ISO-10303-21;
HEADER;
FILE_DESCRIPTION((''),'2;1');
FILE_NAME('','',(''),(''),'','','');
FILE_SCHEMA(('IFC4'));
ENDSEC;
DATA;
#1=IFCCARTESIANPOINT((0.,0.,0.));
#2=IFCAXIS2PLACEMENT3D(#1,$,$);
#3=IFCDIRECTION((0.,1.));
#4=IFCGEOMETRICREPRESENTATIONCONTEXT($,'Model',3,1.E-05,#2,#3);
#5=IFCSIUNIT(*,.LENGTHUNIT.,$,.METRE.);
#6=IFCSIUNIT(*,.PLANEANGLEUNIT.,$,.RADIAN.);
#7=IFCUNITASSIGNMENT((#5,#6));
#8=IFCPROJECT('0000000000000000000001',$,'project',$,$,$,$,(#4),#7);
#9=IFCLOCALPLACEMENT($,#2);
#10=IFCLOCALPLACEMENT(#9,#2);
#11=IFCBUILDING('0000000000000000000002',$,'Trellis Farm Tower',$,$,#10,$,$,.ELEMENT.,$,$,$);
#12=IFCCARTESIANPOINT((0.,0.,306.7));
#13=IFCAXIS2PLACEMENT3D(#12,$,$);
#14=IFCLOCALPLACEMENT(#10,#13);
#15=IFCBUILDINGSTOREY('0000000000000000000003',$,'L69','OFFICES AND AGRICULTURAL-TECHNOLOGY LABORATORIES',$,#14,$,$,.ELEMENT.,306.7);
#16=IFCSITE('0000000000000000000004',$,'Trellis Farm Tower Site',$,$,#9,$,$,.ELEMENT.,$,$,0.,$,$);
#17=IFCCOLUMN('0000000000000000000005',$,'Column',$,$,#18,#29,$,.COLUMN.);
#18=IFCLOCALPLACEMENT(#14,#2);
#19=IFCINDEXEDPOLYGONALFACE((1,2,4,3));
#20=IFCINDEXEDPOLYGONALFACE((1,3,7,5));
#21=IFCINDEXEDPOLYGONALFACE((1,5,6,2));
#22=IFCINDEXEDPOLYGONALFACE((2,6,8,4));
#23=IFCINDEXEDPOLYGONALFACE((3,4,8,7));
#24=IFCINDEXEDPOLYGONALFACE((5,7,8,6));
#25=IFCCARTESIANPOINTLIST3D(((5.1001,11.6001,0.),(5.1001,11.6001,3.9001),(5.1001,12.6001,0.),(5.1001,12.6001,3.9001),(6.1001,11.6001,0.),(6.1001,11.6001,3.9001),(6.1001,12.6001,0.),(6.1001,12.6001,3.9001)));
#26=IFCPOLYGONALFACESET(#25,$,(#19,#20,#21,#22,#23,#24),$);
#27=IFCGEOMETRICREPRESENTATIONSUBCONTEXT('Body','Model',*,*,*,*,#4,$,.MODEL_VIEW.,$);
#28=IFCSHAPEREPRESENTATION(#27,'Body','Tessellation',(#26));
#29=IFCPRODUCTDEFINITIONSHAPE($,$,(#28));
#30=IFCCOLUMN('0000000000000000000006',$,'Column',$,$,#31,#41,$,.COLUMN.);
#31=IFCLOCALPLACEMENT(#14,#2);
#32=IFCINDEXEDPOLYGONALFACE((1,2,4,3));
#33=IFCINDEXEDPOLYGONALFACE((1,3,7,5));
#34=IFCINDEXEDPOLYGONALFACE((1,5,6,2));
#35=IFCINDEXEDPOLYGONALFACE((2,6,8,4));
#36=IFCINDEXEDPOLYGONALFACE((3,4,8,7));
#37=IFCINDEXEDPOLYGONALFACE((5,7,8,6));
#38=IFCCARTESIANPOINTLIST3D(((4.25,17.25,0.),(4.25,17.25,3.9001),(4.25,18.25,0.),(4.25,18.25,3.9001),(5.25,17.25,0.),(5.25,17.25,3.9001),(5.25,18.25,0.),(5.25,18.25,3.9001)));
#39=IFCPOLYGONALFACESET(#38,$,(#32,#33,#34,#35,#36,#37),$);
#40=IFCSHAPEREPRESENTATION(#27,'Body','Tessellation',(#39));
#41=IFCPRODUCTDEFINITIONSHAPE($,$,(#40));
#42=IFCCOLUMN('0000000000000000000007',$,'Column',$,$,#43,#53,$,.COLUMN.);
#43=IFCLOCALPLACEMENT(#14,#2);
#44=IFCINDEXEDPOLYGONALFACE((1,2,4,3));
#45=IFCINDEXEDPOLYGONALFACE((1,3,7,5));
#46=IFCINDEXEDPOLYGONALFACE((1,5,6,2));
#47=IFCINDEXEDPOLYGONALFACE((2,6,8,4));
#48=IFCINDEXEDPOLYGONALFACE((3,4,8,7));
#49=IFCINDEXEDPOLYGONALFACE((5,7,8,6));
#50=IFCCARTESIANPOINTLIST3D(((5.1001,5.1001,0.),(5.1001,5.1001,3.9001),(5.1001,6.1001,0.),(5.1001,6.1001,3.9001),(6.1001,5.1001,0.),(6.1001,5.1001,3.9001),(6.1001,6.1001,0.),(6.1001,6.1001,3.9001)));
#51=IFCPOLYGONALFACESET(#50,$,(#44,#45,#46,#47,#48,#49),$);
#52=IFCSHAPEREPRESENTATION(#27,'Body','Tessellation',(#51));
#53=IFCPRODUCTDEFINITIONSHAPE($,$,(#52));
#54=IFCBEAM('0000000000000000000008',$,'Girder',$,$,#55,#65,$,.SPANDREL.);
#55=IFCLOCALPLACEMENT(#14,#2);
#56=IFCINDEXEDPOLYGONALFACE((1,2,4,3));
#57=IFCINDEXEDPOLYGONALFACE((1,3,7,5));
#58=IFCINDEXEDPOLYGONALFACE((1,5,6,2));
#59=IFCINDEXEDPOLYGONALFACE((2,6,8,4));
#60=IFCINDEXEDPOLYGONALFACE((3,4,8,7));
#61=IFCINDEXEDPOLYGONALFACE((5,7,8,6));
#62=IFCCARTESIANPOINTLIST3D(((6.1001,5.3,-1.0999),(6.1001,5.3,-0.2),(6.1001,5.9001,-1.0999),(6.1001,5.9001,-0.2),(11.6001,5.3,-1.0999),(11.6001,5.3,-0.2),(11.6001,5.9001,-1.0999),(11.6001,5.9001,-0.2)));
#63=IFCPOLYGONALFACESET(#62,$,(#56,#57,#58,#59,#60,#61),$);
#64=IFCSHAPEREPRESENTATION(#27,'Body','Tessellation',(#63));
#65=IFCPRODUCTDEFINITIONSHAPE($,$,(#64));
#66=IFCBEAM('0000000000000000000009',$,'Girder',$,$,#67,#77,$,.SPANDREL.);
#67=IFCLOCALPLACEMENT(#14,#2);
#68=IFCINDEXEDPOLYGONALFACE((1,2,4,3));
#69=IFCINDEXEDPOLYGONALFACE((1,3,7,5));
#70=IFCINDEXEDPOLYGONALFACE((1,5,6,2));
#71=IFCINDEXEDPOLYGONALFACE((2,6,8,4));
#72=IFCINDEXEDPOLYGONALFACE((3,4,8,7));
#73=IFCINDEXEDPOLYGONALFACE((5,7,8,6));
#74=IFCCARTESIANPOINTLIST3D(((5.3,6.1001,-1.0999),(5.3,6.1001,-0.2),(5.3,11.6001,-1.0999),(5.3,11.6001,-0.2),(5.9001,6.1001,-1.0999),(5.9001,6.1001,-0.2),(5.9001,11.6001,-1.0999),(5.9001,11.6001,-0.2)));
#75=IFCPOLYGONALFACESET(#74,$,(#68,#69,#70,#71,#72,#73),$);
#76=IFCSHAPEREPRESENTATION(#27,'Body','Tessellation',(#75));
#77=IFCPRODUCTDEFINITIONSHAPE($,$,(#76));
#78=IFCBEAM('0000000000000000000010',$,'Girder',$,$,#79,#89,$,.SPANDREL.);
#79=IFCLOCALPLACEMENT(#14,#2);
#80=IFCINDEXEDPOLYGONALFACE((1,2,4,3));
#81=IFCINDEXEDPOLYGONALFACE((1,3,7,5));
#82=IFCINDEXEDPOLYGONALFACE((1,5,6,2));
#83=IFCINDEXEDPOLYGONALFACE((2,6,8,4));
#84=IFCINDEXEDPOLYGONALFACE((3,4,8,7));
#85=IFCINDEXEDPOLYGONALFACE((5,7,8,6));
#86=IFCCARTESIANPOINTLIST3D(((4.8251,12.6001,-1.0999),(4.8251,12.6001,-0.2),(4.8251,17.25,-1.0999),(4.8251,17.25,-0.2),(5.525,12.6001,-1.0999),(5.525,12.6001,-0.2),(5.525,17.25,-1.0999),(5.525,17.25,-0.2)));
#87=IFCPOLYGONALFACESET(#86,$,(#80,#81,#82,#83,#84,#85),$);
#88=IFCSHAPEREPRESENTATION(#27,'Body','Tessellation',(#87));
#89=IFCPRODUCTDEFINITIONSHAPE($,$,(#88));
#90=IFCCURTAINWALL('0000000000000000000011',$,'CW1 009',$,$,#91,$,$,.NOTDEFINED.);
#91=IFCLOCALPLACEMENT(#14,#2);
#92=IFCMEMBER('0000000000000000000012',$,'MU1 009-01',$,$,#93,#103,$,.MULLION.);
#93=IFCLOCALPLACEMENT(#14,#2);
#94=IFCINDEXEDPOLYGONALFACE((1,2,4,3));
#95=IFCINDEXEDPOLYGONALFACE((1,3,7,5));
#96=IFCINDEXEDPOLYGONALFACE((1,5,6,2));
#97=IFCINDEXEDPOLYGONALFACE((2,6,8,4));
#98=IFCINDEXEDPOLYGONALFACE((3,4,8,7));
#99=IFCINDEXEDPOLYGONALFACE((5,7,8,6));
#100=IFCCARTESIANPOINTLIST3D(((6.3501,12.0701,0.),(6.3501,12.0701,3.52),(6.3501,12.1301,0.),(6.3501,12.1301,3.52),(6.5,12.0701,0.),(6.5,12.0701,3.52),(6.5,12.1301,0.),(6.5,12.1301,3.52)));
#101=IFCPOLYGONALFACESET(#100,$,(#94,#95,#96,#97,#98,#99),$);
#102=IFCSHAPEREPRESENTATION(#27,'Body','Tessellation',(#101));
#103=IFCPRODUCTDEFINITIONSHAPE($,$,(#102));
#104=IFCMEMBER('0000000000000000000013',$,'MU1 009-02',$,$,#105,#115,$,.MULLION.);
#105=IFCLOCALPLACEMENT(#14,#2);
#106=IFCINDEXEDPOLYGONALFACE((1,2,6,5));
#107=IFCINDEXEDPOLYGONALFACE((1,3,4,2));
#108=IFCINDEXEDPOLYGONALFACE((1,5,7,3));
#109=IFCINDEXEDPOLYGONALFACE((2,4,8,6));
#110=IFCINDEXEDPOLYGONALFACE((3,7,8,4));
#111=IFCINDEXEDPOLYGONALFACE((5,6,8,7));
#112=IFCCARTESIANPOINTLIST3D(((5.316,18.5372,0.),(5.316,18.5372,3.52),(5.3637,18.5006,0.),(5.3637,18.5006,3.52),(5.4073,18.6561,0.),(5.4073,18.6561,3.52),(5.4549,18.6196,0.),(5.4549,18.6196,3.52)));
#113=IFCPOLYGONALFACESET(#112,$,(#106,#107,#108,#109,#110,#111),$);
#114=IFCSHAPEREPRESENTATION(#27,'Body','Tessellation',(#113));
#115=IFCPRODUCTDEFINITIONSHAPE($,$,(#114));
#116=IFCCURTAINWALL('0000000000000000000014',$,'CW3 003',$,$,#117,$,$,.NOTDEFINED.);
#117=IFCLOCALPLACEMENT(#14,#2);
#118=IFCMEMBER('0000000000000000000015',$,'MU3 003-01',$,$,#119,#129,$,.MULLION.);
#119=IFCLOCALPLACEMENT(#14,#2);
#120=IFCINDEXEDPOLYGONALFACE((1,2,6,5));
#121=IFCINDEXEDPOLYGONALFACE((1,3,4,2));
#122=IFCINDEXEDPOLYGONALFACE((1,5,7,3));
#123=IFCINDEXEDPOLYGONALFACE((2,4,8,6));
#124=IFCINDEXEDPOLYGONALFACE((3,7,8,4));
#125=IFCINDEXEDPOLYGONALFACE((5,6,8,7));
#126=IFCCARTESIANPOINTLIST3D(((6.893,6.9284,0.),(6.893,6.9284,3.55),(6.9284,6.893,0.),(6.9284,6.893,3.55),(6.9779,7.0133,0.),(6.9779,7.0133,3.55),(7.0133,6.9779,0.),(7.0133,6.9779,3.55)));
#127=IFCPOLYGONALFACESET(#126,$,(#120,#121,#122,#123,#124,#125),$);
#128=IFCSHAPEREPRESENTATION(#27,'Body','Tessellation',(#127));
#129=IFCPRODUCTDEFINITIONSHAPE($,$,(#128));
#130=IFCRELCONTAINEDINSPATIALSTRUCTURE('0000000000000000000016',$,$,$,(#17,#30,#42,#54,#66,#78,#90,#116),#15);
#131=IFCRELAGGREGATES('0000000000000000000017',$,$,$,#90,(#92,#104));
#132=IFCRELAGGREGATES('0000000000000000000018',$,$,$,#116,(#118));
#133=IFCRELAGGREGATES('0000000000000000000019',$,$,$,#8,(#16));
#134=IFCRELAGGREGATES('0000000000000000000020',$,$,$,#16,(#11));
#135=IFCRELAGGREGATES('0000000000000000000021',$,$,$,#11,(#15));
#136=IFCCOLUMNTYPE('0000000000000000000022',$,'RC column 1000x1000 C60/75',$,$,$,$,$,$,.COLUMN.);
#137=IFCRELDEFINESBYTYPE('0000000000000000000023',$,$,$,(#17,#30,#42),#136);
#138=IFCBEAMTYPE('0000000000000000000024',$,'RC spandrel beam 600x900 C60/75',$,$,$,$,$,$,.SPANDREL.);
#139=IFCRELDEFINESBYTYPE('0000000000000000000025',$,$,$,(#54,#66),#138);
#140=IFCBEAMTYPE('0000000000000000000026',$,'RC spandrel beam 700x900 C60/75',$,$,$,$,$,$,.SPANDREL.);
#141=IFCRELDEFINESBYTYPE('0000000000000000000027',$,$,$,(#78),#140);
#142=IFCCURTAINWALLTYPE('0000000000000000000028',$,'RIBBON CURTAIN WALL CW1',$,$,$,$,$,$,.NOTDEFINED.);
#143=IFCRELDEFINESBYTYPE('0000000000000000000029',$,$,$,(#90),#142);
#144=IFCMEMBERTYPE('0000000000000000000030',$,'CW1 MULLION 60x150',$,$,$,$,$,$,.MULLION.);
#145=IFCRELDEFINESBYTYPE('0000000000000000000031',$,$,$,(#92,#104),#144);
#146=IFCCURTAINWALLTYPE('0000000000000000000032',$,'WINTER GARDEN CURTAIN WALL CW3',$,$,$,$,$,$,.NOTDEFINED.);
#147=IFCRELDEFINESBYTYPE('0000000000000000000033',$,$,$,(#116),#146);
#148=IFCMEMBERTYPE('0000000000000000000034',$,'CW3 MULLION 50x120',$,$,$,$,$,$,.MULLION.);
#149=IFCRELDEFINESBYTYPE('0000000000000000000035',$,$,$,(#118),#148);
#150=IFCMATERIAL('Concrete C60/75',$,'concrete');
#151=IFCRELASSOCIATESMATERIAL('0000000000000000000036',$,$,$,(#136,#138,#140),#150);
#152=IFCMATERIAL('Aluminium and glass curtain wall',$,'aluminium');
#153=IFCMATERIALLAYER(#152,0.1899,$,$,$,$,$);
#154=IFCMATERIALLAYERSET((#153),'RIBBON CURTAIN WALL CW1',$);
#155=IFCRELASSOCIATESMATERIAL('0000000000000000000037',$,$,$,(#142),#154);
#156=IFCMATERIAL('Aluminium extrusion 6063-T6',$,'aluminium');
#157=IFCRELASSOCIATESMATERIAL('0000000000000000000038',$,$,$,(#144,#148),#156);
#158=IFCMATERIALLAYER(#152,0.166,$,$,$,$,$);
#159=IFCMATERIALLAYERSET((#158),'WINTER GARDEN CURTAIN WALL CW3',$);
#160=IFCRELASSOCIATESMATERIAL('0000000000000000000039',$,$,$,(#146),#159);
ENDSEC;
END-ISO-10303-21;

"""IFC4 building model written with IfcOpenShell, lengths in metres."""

from ifc_helpers import new_model, si_unit, direction, frame, origin, origin_2d, place, context, subcontext, project, spatial, rectangle, extrude, source, transform, mapped, material, layer, layer_set, material_profile, profile_set, type_object, element, aggregate, save


model = new_model("IFC4")

# Units and contexts
model_context = context("Model", 3, precision=1e-05, world=origin(), true_north=direction((0.0, 1.0)))
body_context = subcontext(model_context, "Body", "Model", "MODEL_VIEW")
ifc_project = project(units=[si_unit("LENGTHUNIT", "METRE"), si_unit("PLANEANGLEUNIT", "RADIAN")], contexts=[model_context])

# Site, building, storey
site_placement = place(None, origin())
site = spatial("IfcSite", under=ifc_project, at=site_placement, Name="Trellis Farm Tower Site", CompositionType="ELEMENT", RefElevation=0.0)
building_placement = place(site_placement, origin())
building = spatial("IfcBuilding", under=site, at=building_placement, Name="Trellis Farm Tower", CompositionType="ELEMENT")
storey_placement = place(building_placement, frame((0.0, 0.0, 306.7)))
storey = spatial("IfcBuildingStorey", under=building, at=storey_placement, Name="L69", Description="OFFICES AND AGRICULTURAL-TECHNOLOGY LABORATORIES", CompositionType="ELEMENT", Elevation=306.7)

# Columns
ifc_material_1 = material(Name="Concrete C60/75", Category="concrete")
ifc_material_profile_1 = material_profile(ifc_material_1, rectangle(XDim=1.0, YDim=1.0, at=origin_2d()), Name="RC column 1000x1000 C60/75")
ifc_profile_set_1 = profile_set([ifc_material_profile_1], Name="Concrete C60/75")
column_type = type_object("IfcColumnType", Name="RC column 1000x1000 C60/75", PredefinedType="COLUMN", material=ifc_profile_set_1)
shared_shape_1 = source(origin(), body_context, "Body", "SweptSolid", [
    extrude(rectangle(XDim=1.0, YDim=1.0, at=origin_2d()), origin(), (0.0, 0.0, 1.0), 3.9001),
])
for number, where, z_axis, x_axis, name in (
    (1, (5.6001, 12.1001, 0.0), (0.0, 0.0, 1.0), (1.0, 0.0, 0.0), "Column"),
    (2, (4.75, 17.75, 0.0), (0.0, 0.0, 1.0), (1.0, 0.0, 0.0), "Column"),
    (3, (5.6001, 5.6001, 0.0), (0.0, 0.0, 1.0), (1.0, 0.0, 0.0), "Column"),
):
    element("IfcColumn", number, at=place(storey_placement, frame(where, z_axis=z_axis, x_axis=x_axis)), inside=storey, type_object=column_type, Name=name, PredefinedType="COLUMN", context=body_context, shape_type="MappedRepresentation", body=[
        mapped(shared_shape_1, transform((0.0, 0.0, 0.0))),
    ])

# Beams
ifc_material_profile_2 = material_profile(ifc_material_1, rectangle(XDim=0.6001, YDim=0.8999, at=origin_2d()), Name="RC spandrel beam 600x900 C60/75")
ifc_profile_set_2 = profile_set([ifc_material_profile_2], Name="Concrete C60/75")
beam_type_1 = type_object("IfcBeamType", Name="RC spandrel beam 600x900 C60/75", PredefinedType="SPANDREL", material=ifc_profile_set_2)
shared_shape_2 = source(origin(), body_context, "Body", "SweptSolid", [
    extrude(rectangle(XDim=0.6001, YDim=0.8999, at=origin_2d()), origin(), (0.0, 0.0, 1.0), 5.5),
])
for number, where, z_axis, x_axis, name in (
    (4, (6.1001, 5.6001, -0.6499), (1.0, 0.0, 0.0), (0.0, 1.0, 0.0), "Girder"),
    (5, (5.6001, 6.1001, -0.6499), (0.0, 1.0, 0.0), (-1.0, 0.0, 0.0), "Girder"),
):
    element("IfcBeam", number, at=place(storey_placement, frame(where, z_axis=z_axis, x_axis=x_axis)), inside=storey, type_object=beam_type_1, Name=name, PredefinedType="SPANDREL", context=body_context, shape_type="MappedRepresentation", body=[
        mapped(shared_shape_2, transform((0.0, 0.0, 0.0))),
    ])
ifc_material_profile_3 = material_profile(ifc_material_1, rectangle(XDim=0.7, YDim=0.8999, at=origin_2d()), Name="RC spandrel beam 700x900 C60/75")
ifc_profile_set_3 = profile_set([ifc_material_profile_3], Name="Concrete C60/75")
beam_type_2 = type_object("IfcBeamType", Name="RC spandrel beam 700x900 C60/75", PredefinedType="SPANDREL", material=ifc_profile_set_3)
shared_shape_3 = source(origin(), body_context, "Body", "SweptSolid", [
    extrude(rectangle(XDim=0.7, YDim=0.8999, at=origin_2d()), origin(), (0.0, 0.0, 1.0), 4.6499),
])
beam_placement = place(storey_placement, frame((5.175, 12.6001, -0.6499), z_axis=(0.0, 1.0, 0.0), x_axis=(-1.0, 0.0, 0.0)))
element("IfcBeam", 6, at=beam_placement, inside=storey, type_object=beam_type_2, Name="Girder", PredefinedType="SPANDREL", context=body_context, shape_type="MappedRepresentation", body=[
    mapped(shared_shape_3, transform((0.0, 0.0, 0.0))),
])

# Curtain wall, members
ifc_material_2 = material(Name="Aluminium and glass curtain wall", Category="aluminium")
ifc_layer_1 = layer(ifc_material_2, 0.1899)
ifc_layer_set_1 = layer_set([ifc_layer_1], Name="RIBBON CURTAIN WALL CW1")
curtain_wall_type_1 = type_object("IfcCurtainWallType", Name="RIBBON CURTAIN WALL CW1", PredefinedType="NOTDEFINED", material=ifc_layer_set_1)
placement = place(storey_placement, origin())
curtain_wall_1 = element("IfcCurtainWall", 7, at=placement, inside=storey, type_object=curtain_wall_type_1, Name="CW1 009", PredefinedType="NOTDEFINED")
ifc_material_3 = material(Name="Aluminium extrusion 6063-T6", Category="aluminium")
ifc_material_profile_4 = material_profile(ifc_material_3, rectangle(XDim=0.0601, YDim=0.1499, at=origin_2d()), Name="MULLION 60x150")
ifc_profile_set_4 = profile_set([ifc_material_profile_4], Name="Aluminium extrusion 6063-T6")
member_type_1 = type_object("IfcMemberType", Name="CW1 MULLION 60x150", PredefinedType="MULLION", material=ifc_profile_set_4)
shared_shape_4 = source(origin(), body_context, "Body", "SweptSolid", [
    extrude(rectangle(XDim=0.0601, YDim=0.1499, at=origin_2d()), origin(), (0.0, 0.0, 1.0), 3.52),
])
member_1_placement = place(storey_placement, frame((6.425, 12.1001, 0.0), z_axis=(0.0, 0.0, 1.0), x_axis=(0.0, 1.0, 0.0)))
member_1 = element("IfcMember", 8, at=member_1_placement, type_object=member_type_1, Name="MU1 009-01", PredefinedType="MULLION", context=body_context, shape_type="MappedRepresentation", body=[
    mapped(shared_shape_4, transform((0.0, 0.0, 0.0))),
])
member_2_placement = place(storey_placement, frame((5.3855, 18.5784, 0.0), z_axis=(0.0, 0.0, 1.0), x_axis=(-0.793353, 0.608761, 0.0)))
member_2 = element("IfcMember", 9, at=member_2_placement, type_object=member_type_1, Name="MU1 009-02", PredefinedType="MULLION", context=body_context, shape_type="MappedRepresentation", body=[
    mapped(shared_shape_4, transform((0.0, 0.0, 0.0))),
])
aggregate(curtain_wall_1, [member_1, member_2])

# Curtain wall, member
ifc_layer_2 = layer(ifc_material_2, 0.166)
ifc_layer_set_2 = layer_set([ifc_layer_2], Name="WINTER GARDEN CURTAIN WALL CW3")
curtain_wall_type_2 = type_object("IfcCurtainWallType", Name="WINTER GARDEN CURTAIN WALL CW3", PredefinedType="NOTDEFINED", material=ifc_layer_set_2)
curtain_wall_2 = element("IfcCurtainWall", 10, at=placement, inside=storey, type_object=curtain_wall_type_2, Name="CW3 003", PredefinedType="NOTDEFINED")
ifc_material_profile_5 = material_profile(ifc_material_3, rectangle(XDim=0.05, YDim=0.1201, at=origin_2d()), Name="MULLION 50x120")
ifc_profile_set_5 = profile_set([ifc_material_profile_5], Name="Aluminium extrusion 6063-T6")
member_type_2 = type_object("IfcMemberType", Name="CW3 MULLION 50x120", PredefinedType="MULLION", material=ifc_profile_set_5)
shared_shape_5 = source(origin(), body_context, "Body", "SweptSolid", [
    extrude(rectangle(XDim=0.05, YDim=0.1201, at=origin_2d()), origin(), (0.0, 0.0, 1.0), 3.55),
])
member_3_placement = place(storey_placement, frame((6.9531, 6.9531, 0.0), z_axis=(0.0, 0.0, 1.0), x_axis=(-0.707107, 0.707107, 0.0)))
member_3 = element("IfcMember", 11, at=member_3_placement, type_object=member_type_2, Name="MU3 003-01", PredefinedType="MULLION", context=body_context, shape_type="MappedRepresentation", body=[
    mapped(shared_shape_5, transform((0.0, 0.0, 0.0))),
])
aggregate(curtain_wall_2, [member_3])

save(model, "model.ifc")
